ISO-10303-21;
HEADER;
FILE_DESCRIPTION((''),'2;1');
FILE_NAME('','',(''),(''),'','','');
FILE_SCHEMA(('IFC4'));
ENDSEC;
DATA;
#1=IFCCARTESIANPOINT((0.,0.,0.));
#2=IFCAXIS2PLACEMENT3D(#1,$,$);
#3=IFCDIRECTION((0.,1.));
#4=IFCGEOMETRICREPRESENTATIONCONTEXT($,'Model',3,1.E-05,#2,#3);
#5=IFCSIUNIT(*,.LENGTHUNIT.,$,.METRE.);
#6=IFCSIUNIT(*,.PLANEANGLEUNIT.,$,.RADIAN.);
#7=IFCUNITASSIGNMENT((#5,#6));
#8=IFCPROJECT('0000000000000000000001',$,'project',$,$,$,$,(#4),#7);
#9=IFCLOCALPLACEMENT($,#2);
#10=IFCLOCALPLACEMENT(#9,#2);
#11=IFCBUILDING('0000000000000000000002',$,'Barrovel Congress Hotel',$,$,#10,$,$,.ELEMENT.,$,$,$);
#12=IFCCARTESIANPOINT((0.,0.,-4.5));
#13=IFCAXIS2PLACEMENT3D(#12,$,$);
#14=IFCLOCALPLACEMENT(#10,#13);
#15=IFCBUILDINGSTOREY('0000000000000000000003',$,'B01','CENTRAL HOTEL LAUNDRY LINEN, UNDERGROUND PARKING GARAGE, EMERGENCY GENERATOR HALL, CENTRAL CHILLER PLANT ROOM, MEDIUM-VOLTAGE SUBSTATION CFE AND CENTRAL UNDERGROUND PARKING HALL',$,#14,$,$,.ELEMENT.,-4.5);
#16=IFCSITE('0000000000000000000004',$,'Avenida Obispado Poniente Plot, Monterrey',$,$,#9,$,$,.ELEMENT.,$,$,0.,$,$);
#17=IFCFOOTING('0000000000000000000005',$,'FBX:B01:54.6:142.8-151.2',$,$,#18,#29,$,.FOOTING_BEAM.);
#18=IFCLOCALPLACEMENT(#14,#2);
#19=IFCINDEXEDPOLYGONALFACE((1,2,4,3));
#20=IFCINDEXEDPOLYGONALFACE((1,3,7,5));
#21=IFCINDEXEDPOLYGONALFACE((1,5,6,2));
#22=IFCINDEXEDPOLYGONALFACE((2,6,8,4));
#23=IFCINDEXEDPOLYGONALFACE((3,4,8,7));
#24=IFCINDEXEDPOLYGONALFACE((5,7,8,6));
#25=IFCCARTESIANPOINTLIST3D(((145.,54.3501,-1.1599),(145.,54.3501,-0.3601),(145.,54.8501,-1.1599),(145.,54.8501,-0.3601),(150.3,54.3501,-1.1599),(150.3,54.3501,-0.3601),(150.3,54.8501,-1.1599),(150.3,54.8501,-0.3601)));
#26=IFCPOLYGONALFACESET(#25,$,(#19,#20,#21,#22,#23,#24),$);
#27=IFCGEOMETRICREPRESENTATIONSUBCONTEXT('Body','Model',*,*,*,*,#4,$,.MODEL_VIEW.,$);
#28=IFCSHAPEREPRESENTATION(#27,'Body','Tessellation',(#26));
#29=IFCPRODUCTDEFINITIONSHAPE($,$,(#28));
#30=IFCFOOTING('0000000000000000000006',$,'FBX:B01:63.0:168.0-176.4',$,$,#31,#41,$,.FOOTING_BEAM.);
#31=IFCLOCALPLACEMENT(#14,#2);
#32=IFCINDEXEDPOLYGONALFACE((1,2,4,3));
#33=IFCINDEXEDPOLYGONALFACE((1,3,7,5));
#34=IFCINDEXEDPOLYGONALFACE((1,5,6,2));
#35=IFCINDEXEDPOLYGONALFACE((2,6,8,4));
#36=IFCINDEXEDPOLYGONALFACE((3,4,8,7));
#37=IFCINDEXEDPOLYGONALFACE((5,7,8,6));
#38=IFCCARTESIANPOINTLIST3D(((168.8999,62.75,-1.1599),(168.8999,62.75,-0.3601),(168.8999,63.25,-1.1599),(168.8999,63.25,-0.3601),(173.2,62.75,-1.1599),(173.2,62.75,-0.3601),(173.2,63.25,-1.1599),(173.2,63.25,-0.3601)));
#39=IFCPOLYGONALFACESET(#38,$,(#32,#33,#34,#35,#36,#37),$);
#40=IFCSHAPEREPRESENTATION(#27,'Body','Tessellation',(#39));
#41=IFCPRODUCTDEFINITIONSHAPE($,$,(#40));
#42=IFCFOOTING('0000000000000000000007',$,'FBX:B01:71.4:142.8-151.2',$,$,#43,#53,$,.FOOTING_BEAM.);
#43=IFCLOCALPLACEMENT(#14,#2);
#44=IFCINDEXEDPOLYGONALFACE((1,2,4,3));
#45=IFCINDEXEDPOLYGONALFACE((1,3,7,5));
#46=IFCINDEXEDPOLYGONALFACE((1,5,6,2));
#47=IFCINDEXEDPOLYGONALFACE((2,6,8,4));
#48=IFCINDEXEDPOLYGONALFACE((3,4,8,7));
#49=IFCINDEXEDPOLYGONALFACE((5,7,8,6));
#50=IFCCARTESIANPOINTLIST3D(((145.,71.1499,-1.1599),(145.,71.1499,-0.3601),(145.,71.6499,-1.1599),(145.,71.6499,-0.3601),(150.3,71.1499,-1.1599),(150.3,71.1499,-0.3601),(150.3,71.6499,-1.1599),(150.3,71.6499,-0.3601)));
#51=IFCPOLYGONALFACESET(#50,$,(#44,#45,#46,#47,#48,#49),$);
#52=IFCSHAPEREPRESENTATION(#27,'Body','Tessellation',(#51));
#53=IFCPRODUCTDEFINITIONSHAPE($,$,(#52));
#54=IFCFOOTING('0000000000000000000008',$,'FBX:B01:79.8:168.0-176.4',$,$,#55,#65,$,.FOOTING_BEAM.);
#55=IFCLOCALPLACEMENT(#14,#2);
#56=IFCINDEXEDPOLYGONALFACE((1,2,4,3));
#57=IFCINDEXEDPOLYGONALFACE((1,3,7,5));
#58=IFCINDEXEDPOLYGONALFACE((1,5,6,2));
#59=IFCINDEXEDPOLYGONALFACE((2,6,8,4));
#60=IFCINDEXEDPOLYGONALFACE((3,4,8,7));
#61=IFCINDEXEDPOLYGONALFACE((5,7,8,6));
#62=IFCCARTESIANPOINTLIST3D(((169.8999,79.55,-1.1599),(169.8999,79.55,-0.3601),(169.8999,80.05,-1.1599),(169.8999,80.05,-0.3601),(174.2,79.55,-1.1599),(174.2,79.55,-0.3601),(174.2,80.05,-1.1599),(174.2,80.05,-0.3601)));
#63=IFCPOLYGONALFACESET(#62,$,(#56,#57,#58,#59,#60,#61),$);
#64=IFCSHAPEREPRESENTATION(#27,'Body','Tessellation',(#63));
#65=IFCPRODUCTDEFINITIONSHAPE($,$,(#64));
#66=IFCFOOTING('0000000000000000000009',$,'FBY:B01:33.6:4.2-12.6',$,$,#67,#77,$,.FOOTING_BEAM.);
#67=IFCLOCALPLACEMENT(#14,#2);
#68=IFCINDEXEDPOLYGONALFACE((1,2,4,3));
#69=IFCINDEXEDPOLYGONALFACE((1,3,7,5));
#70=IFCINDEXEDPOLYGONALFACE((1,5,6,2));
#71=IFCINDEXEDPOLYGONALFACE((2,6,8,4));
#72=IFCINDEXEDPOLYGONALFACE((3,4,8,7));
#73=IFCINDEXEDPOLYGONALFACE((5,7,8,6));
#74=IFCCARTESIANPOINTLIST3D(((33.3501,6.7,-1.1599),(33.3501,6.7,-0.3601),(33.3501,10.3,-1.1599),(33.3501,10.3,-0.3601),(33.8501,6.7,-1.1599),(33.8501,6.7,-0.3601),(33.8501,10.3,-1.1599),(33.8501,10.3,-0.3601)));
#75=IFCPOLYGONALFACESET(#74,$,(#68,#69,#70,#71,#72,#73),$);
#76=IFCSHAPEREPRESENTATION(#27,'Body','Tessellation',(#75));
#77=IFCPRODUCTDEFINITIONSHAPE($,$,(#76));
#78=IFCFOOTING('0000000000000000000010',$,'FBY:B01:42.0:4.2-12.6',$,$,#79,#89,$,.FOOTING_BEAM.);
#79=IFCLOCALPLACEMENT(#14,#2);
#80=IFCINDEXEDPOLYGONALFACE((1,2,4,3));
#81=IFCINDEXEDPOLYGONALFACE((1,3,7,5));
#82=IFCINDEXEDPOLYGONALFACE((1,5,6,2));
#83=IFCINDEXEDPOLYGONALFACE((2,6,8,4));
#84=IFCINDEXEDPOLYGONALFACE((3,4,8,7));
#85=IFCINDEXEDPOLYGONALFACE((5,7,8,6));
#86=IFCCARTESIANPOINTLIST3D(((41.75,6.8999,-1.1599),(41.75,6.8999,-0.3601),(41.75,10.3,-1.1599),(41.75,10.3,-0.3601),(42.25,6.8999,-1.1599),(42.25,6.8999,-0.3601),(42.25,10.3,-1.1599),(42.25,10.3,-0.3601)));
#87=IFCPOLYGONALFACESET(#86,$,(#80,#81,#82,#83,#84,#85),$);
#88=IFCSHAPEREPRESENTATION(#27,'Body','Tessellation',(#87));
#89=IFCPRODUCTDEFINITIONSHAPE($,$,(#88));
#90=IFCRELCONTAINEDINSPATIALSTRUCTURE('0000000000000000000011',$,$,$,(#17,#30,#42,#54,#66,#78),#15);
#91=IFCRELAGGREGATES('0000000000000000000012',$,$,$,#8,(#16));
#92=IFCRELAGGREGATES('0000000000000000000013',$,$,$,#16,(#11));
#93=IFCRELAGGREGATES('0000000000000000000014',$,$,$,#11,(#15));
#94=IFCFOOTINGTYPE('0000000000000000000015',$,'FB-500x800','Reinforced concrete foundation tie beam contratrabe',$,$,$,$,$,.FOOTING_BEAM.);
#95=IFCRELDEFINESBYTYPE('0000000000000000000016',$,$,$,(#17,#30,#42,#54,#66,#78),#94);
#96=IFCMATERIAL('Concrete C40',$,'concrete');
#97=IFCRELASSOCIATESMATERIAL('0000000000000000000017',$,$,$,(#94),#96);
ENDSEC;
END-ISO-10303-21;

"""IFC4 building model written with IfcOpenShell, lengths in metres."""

from ifc_helpers import new_model, si_unit, direction, frame, origin, place, context, subcontext, project, spatial, polyline, outline, extrude, material, type_object, element, save


model = new_model("IFC4")

# Units and contexts
model_context = context("Model", 3, precision=1e-05, world=origin(), true_north=direction((0.0, 1.0)))
body_context = subcontext(model_context, "Body", "Model", "MODEL_VIEW")
ifc_project = project(units=[si_unit("LENGTHUNIT", "METRE"), si_unit("PLANEANGLEUNIT", "RADIAN")], contexts=[model_context])

# Site, building, storey
site_placement = place(None, origin())
site = spatial("IfcSite", under=ifc_project, at=site_placement, Name="Avenida Obispado Poniente Plot, Monterrey", CompositionType="ELEMENT", RefElevation=0.0)
building_placement = place(site_placement, origin())
building = spatial("IfcBuilding", under=site, at=building_placement, Name="Barrovel Congress Hotel", CompositionType="ELEMENT")
storey_placement = place(building_placement, frame((0.0, 0.0, -4.5)))
storey = spatial("IfcBuildingStorey", under=building, at=storey_placement, Name="B01", Description="CENTRAL HOTEL LAUNDRY LINEN, UNDERGROUND PARKING GARAGE, EMERGENCY GENERATOR HALL, CENTRAL CHILLER PLANT ROOM, MEDIUM-VOLTAGE SUBSTATION CFE AND CENTRAL UNDERGROUND PARKING HALL", CompositionType="ELEMENT", Elevation=-4.5)

# Footings
ifc_material = material(Name="Concrete C40", Category="concrete")
footing_type = type_object("IfcFootingType", Name="FB-500x800", Description="Reinforced concrete foundation tie beam contratrabe", PredefinedType="FOOTING_BEAM", material=ifc_material)
footing_1_placement = place(storey_placement, frame((0.0, 0.0, -1.1599)))
element("IfcFooting", 1, at=footing_1_placement, inside=storey, type_object=footing_type, Name="FBX:B01:54.6:142.8-151.2", PredefinedType="FOOTING_BEAM", context=body_context, shape_type="SweptSolid", body=[
    extrude(outline(polyline([(145.0, 54.3501), (150.3, 54.3501), (150.3, 54.8501), (145.0, 54.8501), (145.0, 54.3501)])), origin(), (0.0, 0.0, 1.0), 0.7998),
])
footing_2_placement = place(storey_placement, frame((0.0, 0.0, -1.1599)))
element("IfcFooting", 2, at=footing_2_placement, inside=storey, type_object=footing_type, Name="FBX:B01:63.0:168.0-176.4", PredefinedType="FOOTING_BEAM", context=body_context, shape_type="SweptSolid", body=[
    extrude(outline(polyline([(168.8999, 62.75), (173.2, 62.75), (173.2, 63.25), (168.8999, 63.25), (168.8999, 62.75)])), origin(), (0.0, 0.0, 1.0), 0.7998),
])
footing_3_placement = place(storey_placement, frame((0.0, 0.0, -1.1599)))
element("IfcFooting", 3, at=footing_3_placement, inside=storey, type_object=footing_type, Name="FBX:B01:71.4:142.8-151.2", PredefinedType="FOOTING_BEAM", context=body_context, shape_type="SweptSolid", body=[
    extrude(outline(polyline([(145.0, 71.1499), (150.3, 71.1499), (150.3, 71.6499), (145.0, 71.6499), (145.0, 71.1499)])), origin(), (0.0, 0.0, 1.0), 0.7998),
])
footing_4_placement = place(storey_placement, frame((0.0, 0.0, -1.1599)))
element("IfcFooting", 4, at=footing_4_placement, inside=storey, type_object=footing_type, Name="FBX:B01:79.8:168.0-176.4", PredefinedType="FOOTING_BEAM", context=body_context, shape_type="SweptSolid", body=[
    extrude(outline(polyline([(169.8999, 79.55), (174.2, 79.55), (174.2, 80.05), (169.8999, 80.05), (169.8999, 79.55)])), origin(), (0.0, 0.0, 1.0), 0.7998),
])
footing_5_placement = place(storey_placement, frame((0.0, 0.0, -1.1599)))
element("IfcFooting", 5, at=footing_5_placement, inside=storey, type_object=footing_type, Name="FBY:B01:33.6:4.2-12.6", PredefinedType="FOOTING_BEAM", context=body_context, shape_type="SweptSolid", body=[
    extrude(outline(polyline([(33.3501, 6.7), (33.8501, 6.7), (33.8501, 10.3), (33.3501, 10.3), (33.3501, 6.7)])), origin(), (0.0, 0.0, 1.0), 0.7998),
])
footing_6_placement = place(storey_placement, frame((0.0, 0.0, -1.1599)))
element("IfcFooting", 6, at=footing_6_placement, inside=storey, type_object=footing_type, Name="FBY:B01:42.0:4.2-12.6", PredefinedType="FOOTING_BEAM", context=body_context, shape_type="SweptSolid", body=[
    extrude(outline(polyline([(41.75, 6.8999), (42.25, 6.8999), (42.25, 10.3), (41.75, 10.3), (41.75, 6.8999)])), origin(), (0.0, 0.0, 1.0), 0.7998),
])

save(model, "model.ifc")
